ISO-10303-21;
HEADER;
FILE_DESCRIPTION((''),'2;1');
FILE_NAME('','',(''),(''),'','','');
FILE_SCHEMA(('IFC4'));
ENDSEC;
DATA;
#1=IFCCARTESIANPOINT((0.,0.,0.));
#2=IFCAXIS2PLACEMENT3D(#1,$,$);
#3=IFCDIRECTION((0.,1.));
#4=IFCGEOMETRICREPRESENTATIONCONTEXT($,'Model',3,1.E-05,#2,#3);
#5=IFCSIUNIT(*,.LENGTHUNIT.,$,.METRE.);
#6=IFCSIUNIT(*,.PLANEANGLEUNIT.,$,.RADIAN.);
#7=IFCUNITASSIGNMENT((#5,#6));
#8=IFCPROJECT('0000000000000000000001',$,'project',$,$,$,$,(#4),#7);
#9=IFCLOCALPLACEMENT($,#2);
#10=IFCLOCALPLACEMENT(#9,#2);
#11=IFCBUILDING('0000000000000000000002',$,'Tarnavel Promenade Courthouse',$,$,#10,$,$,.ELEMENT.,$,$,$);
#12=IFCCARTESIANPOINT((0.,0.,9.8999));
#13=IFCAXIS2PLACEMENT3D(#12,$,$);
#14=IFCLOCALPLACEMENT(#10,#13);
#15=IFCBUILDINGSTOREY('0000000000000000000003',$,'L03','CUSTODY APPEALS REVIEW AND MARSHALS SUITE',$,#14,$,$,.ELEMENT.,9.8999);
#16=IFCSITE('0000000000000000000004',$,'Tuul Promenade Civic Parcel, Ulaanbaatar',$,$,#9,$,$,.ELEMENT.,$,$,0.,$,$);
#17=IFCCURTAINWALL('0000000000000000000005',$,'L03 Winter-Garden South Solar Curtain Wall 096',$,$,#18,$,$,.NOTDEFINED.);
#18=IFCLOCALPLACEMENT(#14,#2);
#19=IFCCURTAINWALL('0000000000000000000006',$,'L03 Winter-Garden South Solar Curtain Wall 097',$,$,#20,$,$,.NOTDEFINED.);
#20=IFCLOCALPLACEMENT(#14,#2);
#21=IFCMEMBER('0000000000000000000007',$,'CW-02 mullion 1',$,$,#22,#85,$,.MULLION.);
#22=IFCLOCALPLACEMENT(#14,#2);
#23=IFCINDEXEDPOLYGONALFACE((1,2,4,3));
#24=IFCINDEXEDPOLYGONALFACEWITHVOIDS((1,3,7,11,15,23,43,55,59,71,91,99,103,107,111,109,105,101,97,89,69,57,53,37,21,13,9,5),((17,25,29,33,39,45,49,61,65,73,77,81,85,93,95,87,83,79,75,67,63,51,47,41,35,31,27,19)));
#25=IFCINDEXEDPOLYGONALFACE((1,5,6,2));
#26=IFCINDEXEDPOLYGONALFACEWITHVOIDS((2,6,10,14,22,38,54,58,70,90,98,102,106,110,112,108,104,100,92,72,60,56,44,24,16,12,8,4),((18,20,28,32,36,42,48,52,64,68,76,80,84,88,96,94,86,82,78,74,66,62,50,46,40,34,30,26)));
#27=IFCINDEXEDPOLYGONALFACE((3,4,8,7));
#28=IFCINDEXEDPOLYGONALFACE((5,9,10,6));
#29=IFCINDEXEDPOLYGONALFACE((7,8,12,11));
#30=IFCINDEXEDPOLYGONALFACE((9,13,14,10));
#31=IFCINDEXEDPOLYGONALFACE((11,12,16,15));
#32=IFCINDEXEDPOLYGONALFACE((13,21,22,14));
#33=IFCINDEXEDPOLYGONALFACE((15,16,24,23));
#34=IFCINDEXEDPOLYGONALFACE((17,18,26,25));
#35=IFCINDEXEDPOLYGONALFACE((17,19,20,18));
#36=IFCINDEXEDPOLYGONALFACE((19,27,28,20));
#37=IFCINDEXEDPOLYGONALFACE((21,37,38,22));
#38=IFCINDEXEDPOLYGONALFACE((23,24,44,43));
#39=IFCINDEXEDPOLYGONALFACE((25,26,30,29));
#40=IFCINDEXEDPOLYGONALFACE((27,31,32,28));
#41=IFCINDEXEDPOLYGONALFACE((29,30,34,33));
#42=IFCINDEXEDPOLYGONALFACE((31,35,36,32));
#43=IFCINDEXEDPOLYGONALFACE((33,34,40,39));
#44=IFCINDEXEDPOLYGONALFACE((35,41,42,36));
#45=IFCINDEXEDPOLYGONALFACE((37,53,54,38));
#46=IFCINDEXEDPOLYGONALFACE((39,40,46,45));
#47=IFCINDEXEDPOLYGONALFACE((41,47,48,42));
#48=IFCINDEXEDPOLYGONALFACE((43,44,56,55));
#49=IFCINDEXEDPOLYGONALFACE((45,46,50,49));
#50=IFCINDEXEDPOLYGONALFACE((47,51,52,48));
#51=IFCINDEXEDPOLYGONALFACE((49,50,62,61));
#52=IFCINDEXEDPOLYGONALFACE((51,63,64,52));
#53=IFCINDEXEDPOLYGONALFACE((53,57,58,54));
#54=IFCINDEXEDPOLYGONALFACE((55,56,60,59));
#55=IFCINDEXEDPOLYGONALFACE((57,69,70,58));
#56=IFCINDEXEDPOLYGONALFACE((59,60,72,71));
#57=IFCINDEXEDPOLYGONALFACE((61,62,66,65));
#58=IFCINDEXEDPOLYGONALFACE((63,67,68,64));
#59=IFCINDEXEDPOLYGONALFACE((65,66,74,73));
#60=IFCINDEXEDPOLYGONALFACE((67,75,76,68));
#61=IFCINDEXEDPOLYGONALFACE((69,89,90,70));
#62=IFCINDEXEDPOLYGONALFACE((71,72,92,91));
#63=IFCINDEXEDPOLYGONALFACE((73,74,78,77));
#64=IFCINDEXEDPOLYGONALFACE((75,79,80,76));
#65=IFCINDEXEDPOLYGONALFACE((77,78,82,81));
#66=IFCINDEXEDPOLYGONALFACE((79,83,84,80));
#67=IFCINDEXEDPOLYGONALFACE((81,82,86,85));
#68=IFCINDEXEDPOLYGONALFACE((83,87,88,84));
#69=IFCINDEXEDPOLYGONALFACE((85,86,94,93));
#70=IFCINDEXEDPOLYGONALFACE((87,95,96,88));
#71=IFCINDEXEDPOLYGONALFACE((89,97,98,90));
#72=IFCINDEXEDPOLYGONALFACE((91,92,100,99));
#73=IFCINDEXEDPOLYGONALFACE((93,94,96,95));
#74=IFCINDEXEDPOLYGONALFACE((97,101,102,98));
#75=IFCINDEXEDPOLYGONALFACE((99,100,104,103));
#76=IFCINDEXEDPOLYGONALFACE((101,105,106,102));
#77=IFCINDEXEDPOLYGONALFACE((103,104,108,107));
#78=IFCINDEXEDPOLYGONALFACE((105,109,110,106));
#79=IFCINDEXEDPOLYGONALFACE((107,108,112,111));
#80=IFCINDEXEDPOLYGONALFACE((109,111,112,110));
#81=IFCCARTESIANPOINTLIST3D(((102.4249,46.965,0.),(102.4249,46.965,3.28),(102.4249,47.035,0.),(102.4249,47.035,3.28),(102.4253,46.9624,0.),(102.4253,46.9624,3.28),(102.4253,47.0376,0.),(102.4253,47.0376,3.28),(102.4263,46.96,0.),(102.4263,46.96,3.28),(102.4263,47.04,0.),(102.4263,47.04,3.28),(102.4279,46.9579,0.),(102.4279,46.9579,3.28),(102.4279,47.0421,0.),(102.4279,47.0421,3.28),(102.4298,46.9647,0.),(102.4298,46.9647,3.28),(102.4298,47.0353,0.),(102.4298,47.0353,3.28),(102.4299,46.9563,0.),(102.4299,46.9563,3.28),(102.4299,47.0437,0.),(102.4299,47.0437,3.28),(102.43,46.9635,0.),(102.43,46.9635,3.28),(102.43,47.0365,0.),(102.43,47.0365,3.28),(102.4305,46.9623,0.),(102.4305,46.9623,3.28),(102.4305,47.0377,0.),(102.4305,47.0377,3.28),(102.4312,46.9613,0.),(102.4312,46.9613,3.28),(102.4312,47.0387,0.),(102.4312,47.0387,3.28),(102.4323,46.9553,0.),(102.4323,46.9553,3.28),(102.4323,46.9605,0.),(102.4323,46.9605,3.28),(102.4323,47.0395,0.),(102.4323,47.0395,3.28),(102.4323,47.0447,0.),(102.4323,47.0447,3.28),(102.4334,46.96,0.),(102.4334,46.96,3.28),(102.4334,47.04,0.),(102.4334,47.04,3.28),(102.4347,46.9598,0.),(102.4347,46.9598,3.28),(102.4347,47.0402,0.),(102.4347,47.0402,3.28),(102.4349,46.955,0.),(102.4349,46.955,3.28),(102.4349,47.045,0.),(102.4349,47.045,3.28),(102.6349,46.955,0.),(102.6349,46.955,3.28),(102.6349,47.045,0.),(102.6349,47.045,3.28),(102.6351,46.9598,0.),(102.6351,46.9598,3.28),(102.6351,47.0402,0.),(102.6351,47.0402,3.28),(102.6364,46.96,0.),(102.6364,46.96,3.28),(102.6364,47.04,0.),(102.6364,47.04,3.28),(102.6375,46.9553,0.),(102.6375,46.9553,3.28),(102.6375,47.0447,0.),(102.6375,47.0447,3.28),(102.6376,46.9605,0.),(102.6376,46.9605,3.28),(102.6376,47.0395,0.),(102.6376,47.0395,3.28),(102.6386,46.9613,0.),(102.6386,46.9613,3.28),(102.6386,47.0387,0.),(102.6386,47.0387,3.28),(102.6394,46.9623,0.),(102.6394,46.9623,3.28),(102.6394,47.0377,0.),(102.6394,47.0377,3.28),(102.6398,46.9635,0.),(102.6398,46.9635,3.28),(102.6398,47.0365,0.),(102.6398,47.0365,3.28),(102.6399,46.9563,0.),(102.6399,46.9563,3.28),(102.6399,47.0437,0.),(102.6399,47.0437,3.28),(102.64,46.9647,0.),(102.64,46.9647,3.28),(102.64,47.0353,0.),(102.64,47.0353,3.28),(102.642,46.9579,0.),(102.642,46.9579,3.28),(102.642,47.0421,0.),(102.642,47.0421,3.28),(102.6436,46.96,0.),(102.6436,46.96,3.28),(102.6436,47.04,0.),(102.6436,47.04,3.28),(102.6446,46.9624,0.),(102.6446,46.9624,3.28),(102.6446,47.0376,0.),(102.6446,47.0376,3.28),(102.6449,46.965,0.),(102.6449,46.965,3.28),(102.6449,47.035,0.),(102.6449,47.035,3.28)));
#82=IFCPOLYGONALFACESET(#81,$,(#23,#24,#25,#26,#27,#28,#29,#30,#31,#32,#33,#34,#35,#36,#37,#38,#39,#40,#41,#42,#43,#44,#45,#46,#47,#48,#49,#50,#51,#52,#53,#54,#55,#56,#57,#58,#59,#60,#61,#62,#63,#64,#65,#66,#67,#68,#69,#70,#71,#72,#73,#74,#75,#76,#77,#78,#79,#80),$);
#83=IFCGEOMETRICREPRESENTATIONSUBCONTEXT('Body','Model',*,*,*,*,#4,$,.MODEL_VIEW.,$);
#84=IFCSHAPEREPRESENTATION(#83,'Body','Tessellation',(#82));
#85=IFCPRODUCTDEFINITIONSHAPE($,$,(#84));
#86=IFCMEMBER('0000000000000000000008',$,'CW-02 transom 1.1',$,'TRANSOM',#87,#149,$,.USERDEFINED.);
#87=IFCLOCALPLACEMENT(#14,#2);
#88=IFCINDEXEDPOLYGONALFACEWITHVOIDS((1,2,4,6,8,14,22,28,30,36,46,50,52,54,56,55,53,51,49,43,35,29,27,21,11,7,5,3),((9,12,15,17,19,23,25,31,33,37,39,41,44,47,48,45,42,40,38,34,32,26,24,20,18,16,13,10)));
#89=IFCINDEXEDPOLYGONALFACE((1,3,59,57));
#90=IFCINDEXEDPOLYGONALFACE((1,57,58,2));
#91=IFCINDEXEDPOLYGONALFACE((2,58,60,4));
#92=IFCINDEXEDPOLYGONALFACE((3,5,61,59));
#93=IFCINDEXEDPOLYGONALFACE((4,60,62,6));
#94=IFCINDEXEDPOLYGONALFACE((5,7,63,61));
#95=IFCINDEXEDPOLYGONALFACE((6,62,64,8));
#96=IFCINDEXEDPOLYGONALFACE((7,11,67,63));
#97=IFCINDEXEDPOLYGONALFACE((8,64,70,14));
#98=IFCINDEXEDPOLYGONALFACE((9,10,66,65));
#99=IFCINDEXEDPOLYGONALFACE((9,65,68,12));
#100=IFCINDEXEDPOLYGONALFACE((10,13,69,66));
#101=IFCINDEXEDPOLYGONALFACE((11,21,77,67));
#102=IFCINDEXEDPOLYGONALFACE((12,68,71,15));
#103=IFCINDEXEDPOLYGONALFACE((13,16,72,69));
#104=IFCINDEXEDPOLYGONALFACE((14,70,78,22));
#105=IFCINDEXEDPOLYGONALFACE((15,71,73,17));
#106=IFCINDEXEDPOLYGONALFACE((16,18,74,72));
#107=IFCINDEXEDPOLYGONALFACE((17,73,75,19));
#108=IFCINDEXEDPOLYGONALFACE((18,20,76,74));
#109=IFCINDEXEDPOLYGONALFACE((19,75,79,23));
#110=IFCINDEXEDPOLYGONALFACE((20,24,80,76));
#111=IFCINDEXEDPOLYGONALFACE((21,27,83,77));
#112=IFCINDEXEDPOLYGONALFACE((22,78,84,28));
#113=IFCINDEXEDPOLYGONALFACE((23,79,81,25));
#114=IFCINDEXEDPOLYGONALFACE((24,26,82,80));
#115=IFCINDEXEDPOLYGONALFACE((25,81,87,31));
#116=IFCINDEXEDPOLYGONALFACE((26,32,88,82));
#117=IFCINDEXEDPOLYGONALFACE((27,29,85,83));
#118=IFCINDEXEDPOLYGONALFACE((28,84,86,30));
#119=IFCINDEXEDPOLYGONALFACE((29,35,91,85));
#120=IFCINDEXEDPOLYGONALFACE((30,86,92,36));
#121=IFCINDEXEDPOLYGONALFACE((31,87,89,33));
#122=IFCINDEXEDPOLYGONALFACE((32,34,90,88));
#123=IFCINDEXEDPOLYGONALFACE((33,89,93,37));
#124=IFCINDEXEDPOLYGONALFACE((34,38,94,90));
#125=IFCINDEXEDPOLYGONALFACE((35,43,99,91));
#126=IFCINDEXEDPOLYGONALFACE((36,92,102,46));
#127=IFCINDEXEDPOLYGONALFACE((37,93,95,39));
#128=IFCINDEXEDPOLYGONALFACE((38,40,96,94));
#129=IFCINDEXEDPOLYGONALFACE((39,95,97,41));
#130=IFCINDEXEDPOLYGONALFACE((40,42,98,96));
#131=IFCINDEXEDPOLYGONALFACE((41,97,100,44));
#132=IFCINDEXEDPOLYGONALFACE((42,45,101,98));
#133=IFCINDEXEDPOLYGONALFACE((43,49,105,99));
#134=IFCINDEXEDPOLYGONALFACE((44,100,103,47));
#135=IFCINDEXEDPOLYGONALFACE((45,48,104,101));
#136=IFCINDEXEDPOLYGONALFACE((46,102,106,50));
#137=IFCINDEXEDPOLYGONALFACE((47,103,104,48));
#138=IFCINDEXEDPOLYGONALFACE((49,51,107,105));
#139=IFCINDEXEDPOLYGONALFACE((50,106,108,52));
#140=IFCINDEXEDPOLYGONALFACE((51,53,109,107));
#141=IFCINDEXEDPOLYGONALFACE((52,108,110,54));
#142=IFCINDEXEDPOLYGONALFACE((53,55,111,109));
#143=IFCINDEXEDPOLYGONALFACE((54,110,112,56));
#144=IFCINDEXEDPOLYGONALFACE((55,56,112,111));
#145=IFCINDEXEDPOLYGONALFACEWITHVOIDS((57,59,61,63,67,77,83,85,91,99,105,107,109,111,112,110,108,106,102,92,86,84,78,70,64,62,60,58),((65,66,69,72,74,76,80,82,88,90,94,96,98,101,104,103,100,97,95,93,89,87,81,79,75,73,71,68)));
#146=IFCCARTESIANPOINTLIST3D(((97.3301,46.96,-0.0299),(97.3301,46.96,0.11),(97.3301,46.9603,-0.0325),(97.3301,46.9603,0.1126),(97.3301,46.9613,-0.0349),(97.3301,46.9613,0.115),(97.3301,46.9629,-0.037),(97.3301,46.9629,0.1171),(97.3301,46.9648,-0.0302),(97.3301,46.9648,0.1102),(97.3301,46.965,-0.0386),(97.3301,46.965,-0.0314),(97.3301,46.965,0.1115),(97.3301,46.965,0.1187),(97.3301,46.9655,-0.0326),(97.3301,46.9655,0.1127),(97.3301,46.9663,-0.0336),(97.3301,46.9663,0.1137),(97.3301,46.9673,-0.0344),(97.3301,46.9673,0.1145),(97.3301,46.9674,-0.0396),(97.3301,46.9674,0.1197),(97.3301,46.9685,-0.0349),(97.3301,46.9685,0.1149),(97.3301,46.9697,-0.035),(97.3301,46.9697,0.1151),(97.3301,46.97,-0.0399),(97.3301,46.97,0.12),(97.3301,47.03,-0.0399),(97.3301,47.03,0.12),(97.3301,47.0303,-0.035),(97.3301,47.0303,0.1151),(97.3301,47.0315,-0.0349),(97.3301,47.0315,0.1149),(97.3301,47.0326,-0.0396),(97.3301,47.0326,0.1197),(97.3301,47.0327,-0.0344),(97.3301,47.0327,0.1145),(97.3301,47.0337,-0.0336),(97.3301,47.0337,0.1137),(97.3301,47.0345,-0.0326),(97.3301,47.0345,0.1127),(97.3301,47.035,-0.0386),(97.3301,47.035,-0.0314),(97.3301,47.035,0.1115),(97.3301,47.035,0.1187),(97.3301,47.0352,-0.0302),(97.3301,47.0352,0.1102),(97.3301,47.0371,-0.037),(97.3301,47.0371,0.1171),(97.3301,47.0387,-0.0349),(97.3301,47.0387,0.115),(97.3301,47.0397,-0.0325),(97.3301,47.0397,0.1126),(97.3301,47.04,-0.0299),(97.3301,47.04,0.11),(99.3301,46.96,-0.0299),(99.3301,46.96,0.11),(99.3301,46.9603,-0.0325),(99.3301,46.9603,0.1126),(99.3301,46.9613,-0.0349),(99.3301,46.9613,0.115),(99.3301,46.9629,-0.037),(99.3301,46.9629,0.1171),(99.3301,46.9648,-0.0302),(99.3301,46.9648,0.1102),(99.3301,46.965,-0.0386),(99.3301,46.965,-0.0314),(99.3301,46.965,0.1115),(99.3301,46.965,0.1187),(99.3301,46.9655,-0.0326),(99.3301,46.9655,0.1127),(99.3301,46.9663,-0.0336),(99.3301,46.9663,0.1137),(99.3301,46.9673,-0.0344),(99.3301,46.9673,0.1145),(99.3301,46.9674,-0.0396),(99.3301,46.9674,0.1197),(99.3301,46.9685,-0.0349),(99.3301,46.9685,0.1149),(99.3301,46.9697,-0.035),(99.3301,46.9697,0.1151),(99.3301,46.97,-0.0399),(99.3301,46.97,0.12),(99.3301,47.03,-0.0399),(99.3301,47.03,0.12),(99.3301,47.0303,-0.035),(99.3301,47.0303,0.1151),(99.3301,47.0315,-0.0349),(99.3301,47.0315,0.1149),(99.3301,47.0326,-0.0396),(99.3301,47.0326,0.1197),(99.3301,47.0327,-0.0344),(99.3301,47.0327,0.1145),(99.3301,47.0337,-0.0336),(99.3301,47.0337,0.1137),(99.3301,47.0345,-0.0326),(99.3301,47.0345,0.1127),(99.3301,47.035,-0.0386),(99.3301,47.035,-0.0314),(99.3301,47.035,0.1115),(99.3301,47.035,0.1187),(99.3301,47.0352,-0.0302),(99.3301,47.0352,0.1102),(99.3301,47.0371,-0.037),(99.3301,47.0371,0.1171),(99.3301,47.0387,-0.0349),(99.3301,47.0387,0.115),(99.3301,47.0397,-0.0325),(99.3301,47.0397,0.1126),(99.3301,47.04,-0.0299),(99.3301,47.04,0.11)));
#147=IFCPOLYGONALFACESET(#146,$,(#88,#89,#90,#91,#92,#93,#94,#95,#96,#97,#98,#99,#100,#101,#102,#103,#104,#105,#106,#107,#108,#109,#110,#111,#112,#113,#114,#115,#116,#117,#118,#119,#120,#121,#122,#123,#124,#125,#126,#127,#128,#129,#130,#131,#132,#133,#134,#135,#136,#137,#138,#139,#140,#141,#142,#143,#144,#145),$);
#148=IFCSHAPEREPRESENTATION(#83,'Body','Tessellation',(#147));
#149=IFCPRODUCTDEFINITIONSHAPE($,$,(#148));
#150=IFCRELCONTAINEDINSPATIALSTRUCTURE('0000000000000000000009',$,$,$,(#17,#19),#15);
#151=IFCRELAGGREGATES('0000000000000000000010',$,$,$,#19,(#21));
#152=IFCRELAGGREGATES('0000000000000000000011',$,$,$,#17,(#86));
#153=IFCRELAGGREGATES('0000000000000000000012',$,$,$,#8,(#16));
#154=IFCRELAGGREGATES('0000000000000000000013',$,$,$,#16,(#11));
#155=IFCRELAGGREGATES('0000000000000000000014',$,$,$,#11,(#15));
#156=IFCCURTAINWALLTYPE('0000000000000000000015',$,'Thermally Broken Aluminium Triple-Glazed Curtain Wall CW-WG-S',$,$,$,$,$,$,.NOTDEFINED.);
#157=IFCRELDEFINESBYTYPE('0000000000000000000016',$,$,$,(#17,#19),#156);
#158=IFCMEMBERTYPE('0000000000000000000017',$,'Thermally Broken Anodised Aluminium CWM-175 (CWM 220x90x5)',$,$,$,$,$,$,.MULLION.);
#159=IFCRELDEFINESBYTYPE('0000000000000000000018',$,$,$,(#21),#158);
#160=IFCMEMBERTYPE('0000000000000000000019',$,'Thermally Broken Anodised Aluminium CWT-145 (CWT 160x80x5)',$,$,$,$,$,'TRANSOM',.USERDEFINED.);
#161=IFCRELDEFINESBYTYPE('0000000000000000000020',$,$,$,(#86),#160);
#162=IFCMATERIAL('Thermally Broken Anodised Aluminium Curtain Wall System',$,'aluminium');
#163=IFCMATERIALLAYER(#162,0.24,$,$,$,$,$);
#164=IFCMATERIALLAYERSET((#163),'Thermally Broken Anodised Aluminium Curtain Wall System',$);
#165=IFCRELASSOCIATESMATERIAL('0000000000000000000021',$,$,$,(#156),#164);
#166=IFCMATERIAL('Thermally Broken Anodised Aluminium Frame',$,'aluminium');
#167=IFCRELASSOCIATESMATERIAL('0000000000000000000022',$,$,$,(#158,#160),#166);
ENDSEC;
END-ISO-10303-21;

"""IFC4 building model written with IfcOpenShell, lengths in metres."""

from ifc_helpers import new_model, si_unit, direction, frame, origin, origin_2d, place, context, subcontext, project, spatial, hollow_rectangle, extrude, material, layer, layer_set, material_profile, profile_set, type_object, element, aggregate, save


model = new_model("IFC4")

# Units and contexts
model_context = context("Model", 3, precision=1e-05, world=origin(), true_north=direction((0.0, 1.0)))
body_context = subcontext(model_context, "Body", "Model", "MODEL_VIEW")
ifc_project = project(units=[si_unit("LENGTHUNIT", "METRE"), si_unit("PLANEANGLEUNIT", "RADIAN")], contexts=[model_context])

# Site, building, storey
site_placement = place(None, origin())
site = spatial("IfcSite", under=ifc_project, at=site_placement, Name="Tuul Promenade Civic Parcel, Ulaanbaatar", CompositionType="ELEMENT", RefElevation=0.0)
building_placement = place(site_placement, origin())
building = spatial("IfcBuilding", under=site, at=building_placement, Name="Tarnavel Promenade Courthouse", CompositionType="ELEMENT")
storey_placement = place(building_placement, frame((0.0, 0.0, 9.8999)))
storey = spatial("IfcBuildingStorey", under=building, at=storey_placement, Name="L03", Description="CUSTODY APPEALS REVIEW AND MARSHALS SUITE", CompositionType="ELEMENT", Elevation=9.8999)

# Curtain wall
ifc_material_1 = material(Name="Thermally Broken Anodised Aluminium Curtain Wall System", Category="aluminium")
ifc_layer_1 = layer(ifc_material_1, 0.24)
ifc_layer_set_1 = layer_set([ifc_layer_1], Name="Thermally Broken Anodised Aluminium Curtain Wall System")
curtain_wall_type = type_object("IfcCurtainWallType", Name="Thermally Broken Aluminium Triple-Glazed Curtain Wall CW-WG-S", PredefinedType="NOTDEFINED", material=ifc_layer_set_1)
curtain_wall_1_placement = place(storey_placement, origin())
curtain_wall_1 = element("IfcCurtainWall", 1, at=curtain_wall_1_placement, inside=storey, type_object=curtain_wall_type, Name="L03 Winter-Garden South Solar Curtain Wall 096", PredefinedType="NOTDEFINED")
ifc_material_2 = material(Name="Thermally Broken Anodised Aluminium Frame", Category="aluminium")
ifc_material_profile_1 = material_profile(ifc_material_2, hollow_rectangle(XDim=0.0901, YDim=0.22, WallThickness=0.0049, InnerFilletRadius=0.0049, OuterFilletRadius=0.01, at=origin_2d()), Name="CWM 220x90x5")
ifc_profile_set_1 = profile_set([ifc_material_profile_1], Name="Thermally Broken Anodised Aluminium Frame")
member_type_1 = type_object("IfcMemberType", Name="Thermally Broken Anodised Aluminium CWM-175 (CWM 220x90x5)", PredefinedType="MULLION", material=ifc_profile_set_1)

# Curtain wall, member
curtain_wall_2_placement = place(storey_placement, origin())
curtain_wall_2 = element("IfcCurtainWall", 2, at=curtain_wall_2_placement, inside=storey, type_object=curtain_wall_type, Name="L03 Winter-Garden South Solar Curtain Wall 097", PredefinedType="NOTDEFINED")
member_1_placement = place(storey_placement, frame((102.5349, 47.0, 0.0), z_axis=(0.0, 0.0, 1.0), x_axis=(0.0, 1.0, 0.0)))
member_1 = element("IfcMember", 3, at=member_1_placement, type_object=member_type_1, Name="CW-02 mullion 1", PredefinedType="MULLION", context=body_context, shape_type="SweptSolid", body=[
    extrude(hollow_rectangle(XDim=0.0901, YDim=0.22, WallThickness=0.0049, InnerFilletRadius=0.0049, OuterFilletRadius=0.01, at=origin_2d()), origin(), (0.0, 0.0, 1.0), 3.28),
])

# Member
ifc_material_profile_2 = material_profile(ifc_material_2, hollow_rectangle(XDim=0.0801, YDim=0.1599, WallThickness=0.0049, InnerFilletRadius=0.0049, OuterFilletRadius=0.01, at=origin_2d()), Name="CWT 160x80x5")
ifc_profile_set_2 = profile_set([ifc_material_profile_2], Name="Thermally Broken Anodised Aluminium Frame")
member_type_2 = type_object("IfcMemberType", Name="Thermally Broken Anodised Aluminium CWT-145 (CWT 160x80x5)", ElementType="TRANSOM", PredefinedType="USERDEFINED", material=ifc_profile_set_2)
member_2_placement = place(storey_placement, frame((97.3301, 47.0, 0.04), z_axis=(1.0, 0.0, 0.0), x_axis=(0.0, 1.0, 0.0)))
member_2 = element("IfcMember", 4, at=member_2_placement, type_object=member_type_2, Name="CW-02 transom 1.1", ObjectType="TRANSOM", PredefinedType="USERDEFINED", context=body_context, shape_type="SweptSolid", body=[
    extrude(hollow_rectangle(XDim=0.0801, YDim=0.1599, WallThickness=0.0049, InnerFilletRadius=0.0049, OuterFilletRadius=0.01, at=origin_2d()), origin(), (0.0, 0.0, 1.0), 2.0),
])
aggregate(curtain_wall_2, [member_1])

aggregate(curtain_wall_1, [member_2])

save(model, "model.ifc")
